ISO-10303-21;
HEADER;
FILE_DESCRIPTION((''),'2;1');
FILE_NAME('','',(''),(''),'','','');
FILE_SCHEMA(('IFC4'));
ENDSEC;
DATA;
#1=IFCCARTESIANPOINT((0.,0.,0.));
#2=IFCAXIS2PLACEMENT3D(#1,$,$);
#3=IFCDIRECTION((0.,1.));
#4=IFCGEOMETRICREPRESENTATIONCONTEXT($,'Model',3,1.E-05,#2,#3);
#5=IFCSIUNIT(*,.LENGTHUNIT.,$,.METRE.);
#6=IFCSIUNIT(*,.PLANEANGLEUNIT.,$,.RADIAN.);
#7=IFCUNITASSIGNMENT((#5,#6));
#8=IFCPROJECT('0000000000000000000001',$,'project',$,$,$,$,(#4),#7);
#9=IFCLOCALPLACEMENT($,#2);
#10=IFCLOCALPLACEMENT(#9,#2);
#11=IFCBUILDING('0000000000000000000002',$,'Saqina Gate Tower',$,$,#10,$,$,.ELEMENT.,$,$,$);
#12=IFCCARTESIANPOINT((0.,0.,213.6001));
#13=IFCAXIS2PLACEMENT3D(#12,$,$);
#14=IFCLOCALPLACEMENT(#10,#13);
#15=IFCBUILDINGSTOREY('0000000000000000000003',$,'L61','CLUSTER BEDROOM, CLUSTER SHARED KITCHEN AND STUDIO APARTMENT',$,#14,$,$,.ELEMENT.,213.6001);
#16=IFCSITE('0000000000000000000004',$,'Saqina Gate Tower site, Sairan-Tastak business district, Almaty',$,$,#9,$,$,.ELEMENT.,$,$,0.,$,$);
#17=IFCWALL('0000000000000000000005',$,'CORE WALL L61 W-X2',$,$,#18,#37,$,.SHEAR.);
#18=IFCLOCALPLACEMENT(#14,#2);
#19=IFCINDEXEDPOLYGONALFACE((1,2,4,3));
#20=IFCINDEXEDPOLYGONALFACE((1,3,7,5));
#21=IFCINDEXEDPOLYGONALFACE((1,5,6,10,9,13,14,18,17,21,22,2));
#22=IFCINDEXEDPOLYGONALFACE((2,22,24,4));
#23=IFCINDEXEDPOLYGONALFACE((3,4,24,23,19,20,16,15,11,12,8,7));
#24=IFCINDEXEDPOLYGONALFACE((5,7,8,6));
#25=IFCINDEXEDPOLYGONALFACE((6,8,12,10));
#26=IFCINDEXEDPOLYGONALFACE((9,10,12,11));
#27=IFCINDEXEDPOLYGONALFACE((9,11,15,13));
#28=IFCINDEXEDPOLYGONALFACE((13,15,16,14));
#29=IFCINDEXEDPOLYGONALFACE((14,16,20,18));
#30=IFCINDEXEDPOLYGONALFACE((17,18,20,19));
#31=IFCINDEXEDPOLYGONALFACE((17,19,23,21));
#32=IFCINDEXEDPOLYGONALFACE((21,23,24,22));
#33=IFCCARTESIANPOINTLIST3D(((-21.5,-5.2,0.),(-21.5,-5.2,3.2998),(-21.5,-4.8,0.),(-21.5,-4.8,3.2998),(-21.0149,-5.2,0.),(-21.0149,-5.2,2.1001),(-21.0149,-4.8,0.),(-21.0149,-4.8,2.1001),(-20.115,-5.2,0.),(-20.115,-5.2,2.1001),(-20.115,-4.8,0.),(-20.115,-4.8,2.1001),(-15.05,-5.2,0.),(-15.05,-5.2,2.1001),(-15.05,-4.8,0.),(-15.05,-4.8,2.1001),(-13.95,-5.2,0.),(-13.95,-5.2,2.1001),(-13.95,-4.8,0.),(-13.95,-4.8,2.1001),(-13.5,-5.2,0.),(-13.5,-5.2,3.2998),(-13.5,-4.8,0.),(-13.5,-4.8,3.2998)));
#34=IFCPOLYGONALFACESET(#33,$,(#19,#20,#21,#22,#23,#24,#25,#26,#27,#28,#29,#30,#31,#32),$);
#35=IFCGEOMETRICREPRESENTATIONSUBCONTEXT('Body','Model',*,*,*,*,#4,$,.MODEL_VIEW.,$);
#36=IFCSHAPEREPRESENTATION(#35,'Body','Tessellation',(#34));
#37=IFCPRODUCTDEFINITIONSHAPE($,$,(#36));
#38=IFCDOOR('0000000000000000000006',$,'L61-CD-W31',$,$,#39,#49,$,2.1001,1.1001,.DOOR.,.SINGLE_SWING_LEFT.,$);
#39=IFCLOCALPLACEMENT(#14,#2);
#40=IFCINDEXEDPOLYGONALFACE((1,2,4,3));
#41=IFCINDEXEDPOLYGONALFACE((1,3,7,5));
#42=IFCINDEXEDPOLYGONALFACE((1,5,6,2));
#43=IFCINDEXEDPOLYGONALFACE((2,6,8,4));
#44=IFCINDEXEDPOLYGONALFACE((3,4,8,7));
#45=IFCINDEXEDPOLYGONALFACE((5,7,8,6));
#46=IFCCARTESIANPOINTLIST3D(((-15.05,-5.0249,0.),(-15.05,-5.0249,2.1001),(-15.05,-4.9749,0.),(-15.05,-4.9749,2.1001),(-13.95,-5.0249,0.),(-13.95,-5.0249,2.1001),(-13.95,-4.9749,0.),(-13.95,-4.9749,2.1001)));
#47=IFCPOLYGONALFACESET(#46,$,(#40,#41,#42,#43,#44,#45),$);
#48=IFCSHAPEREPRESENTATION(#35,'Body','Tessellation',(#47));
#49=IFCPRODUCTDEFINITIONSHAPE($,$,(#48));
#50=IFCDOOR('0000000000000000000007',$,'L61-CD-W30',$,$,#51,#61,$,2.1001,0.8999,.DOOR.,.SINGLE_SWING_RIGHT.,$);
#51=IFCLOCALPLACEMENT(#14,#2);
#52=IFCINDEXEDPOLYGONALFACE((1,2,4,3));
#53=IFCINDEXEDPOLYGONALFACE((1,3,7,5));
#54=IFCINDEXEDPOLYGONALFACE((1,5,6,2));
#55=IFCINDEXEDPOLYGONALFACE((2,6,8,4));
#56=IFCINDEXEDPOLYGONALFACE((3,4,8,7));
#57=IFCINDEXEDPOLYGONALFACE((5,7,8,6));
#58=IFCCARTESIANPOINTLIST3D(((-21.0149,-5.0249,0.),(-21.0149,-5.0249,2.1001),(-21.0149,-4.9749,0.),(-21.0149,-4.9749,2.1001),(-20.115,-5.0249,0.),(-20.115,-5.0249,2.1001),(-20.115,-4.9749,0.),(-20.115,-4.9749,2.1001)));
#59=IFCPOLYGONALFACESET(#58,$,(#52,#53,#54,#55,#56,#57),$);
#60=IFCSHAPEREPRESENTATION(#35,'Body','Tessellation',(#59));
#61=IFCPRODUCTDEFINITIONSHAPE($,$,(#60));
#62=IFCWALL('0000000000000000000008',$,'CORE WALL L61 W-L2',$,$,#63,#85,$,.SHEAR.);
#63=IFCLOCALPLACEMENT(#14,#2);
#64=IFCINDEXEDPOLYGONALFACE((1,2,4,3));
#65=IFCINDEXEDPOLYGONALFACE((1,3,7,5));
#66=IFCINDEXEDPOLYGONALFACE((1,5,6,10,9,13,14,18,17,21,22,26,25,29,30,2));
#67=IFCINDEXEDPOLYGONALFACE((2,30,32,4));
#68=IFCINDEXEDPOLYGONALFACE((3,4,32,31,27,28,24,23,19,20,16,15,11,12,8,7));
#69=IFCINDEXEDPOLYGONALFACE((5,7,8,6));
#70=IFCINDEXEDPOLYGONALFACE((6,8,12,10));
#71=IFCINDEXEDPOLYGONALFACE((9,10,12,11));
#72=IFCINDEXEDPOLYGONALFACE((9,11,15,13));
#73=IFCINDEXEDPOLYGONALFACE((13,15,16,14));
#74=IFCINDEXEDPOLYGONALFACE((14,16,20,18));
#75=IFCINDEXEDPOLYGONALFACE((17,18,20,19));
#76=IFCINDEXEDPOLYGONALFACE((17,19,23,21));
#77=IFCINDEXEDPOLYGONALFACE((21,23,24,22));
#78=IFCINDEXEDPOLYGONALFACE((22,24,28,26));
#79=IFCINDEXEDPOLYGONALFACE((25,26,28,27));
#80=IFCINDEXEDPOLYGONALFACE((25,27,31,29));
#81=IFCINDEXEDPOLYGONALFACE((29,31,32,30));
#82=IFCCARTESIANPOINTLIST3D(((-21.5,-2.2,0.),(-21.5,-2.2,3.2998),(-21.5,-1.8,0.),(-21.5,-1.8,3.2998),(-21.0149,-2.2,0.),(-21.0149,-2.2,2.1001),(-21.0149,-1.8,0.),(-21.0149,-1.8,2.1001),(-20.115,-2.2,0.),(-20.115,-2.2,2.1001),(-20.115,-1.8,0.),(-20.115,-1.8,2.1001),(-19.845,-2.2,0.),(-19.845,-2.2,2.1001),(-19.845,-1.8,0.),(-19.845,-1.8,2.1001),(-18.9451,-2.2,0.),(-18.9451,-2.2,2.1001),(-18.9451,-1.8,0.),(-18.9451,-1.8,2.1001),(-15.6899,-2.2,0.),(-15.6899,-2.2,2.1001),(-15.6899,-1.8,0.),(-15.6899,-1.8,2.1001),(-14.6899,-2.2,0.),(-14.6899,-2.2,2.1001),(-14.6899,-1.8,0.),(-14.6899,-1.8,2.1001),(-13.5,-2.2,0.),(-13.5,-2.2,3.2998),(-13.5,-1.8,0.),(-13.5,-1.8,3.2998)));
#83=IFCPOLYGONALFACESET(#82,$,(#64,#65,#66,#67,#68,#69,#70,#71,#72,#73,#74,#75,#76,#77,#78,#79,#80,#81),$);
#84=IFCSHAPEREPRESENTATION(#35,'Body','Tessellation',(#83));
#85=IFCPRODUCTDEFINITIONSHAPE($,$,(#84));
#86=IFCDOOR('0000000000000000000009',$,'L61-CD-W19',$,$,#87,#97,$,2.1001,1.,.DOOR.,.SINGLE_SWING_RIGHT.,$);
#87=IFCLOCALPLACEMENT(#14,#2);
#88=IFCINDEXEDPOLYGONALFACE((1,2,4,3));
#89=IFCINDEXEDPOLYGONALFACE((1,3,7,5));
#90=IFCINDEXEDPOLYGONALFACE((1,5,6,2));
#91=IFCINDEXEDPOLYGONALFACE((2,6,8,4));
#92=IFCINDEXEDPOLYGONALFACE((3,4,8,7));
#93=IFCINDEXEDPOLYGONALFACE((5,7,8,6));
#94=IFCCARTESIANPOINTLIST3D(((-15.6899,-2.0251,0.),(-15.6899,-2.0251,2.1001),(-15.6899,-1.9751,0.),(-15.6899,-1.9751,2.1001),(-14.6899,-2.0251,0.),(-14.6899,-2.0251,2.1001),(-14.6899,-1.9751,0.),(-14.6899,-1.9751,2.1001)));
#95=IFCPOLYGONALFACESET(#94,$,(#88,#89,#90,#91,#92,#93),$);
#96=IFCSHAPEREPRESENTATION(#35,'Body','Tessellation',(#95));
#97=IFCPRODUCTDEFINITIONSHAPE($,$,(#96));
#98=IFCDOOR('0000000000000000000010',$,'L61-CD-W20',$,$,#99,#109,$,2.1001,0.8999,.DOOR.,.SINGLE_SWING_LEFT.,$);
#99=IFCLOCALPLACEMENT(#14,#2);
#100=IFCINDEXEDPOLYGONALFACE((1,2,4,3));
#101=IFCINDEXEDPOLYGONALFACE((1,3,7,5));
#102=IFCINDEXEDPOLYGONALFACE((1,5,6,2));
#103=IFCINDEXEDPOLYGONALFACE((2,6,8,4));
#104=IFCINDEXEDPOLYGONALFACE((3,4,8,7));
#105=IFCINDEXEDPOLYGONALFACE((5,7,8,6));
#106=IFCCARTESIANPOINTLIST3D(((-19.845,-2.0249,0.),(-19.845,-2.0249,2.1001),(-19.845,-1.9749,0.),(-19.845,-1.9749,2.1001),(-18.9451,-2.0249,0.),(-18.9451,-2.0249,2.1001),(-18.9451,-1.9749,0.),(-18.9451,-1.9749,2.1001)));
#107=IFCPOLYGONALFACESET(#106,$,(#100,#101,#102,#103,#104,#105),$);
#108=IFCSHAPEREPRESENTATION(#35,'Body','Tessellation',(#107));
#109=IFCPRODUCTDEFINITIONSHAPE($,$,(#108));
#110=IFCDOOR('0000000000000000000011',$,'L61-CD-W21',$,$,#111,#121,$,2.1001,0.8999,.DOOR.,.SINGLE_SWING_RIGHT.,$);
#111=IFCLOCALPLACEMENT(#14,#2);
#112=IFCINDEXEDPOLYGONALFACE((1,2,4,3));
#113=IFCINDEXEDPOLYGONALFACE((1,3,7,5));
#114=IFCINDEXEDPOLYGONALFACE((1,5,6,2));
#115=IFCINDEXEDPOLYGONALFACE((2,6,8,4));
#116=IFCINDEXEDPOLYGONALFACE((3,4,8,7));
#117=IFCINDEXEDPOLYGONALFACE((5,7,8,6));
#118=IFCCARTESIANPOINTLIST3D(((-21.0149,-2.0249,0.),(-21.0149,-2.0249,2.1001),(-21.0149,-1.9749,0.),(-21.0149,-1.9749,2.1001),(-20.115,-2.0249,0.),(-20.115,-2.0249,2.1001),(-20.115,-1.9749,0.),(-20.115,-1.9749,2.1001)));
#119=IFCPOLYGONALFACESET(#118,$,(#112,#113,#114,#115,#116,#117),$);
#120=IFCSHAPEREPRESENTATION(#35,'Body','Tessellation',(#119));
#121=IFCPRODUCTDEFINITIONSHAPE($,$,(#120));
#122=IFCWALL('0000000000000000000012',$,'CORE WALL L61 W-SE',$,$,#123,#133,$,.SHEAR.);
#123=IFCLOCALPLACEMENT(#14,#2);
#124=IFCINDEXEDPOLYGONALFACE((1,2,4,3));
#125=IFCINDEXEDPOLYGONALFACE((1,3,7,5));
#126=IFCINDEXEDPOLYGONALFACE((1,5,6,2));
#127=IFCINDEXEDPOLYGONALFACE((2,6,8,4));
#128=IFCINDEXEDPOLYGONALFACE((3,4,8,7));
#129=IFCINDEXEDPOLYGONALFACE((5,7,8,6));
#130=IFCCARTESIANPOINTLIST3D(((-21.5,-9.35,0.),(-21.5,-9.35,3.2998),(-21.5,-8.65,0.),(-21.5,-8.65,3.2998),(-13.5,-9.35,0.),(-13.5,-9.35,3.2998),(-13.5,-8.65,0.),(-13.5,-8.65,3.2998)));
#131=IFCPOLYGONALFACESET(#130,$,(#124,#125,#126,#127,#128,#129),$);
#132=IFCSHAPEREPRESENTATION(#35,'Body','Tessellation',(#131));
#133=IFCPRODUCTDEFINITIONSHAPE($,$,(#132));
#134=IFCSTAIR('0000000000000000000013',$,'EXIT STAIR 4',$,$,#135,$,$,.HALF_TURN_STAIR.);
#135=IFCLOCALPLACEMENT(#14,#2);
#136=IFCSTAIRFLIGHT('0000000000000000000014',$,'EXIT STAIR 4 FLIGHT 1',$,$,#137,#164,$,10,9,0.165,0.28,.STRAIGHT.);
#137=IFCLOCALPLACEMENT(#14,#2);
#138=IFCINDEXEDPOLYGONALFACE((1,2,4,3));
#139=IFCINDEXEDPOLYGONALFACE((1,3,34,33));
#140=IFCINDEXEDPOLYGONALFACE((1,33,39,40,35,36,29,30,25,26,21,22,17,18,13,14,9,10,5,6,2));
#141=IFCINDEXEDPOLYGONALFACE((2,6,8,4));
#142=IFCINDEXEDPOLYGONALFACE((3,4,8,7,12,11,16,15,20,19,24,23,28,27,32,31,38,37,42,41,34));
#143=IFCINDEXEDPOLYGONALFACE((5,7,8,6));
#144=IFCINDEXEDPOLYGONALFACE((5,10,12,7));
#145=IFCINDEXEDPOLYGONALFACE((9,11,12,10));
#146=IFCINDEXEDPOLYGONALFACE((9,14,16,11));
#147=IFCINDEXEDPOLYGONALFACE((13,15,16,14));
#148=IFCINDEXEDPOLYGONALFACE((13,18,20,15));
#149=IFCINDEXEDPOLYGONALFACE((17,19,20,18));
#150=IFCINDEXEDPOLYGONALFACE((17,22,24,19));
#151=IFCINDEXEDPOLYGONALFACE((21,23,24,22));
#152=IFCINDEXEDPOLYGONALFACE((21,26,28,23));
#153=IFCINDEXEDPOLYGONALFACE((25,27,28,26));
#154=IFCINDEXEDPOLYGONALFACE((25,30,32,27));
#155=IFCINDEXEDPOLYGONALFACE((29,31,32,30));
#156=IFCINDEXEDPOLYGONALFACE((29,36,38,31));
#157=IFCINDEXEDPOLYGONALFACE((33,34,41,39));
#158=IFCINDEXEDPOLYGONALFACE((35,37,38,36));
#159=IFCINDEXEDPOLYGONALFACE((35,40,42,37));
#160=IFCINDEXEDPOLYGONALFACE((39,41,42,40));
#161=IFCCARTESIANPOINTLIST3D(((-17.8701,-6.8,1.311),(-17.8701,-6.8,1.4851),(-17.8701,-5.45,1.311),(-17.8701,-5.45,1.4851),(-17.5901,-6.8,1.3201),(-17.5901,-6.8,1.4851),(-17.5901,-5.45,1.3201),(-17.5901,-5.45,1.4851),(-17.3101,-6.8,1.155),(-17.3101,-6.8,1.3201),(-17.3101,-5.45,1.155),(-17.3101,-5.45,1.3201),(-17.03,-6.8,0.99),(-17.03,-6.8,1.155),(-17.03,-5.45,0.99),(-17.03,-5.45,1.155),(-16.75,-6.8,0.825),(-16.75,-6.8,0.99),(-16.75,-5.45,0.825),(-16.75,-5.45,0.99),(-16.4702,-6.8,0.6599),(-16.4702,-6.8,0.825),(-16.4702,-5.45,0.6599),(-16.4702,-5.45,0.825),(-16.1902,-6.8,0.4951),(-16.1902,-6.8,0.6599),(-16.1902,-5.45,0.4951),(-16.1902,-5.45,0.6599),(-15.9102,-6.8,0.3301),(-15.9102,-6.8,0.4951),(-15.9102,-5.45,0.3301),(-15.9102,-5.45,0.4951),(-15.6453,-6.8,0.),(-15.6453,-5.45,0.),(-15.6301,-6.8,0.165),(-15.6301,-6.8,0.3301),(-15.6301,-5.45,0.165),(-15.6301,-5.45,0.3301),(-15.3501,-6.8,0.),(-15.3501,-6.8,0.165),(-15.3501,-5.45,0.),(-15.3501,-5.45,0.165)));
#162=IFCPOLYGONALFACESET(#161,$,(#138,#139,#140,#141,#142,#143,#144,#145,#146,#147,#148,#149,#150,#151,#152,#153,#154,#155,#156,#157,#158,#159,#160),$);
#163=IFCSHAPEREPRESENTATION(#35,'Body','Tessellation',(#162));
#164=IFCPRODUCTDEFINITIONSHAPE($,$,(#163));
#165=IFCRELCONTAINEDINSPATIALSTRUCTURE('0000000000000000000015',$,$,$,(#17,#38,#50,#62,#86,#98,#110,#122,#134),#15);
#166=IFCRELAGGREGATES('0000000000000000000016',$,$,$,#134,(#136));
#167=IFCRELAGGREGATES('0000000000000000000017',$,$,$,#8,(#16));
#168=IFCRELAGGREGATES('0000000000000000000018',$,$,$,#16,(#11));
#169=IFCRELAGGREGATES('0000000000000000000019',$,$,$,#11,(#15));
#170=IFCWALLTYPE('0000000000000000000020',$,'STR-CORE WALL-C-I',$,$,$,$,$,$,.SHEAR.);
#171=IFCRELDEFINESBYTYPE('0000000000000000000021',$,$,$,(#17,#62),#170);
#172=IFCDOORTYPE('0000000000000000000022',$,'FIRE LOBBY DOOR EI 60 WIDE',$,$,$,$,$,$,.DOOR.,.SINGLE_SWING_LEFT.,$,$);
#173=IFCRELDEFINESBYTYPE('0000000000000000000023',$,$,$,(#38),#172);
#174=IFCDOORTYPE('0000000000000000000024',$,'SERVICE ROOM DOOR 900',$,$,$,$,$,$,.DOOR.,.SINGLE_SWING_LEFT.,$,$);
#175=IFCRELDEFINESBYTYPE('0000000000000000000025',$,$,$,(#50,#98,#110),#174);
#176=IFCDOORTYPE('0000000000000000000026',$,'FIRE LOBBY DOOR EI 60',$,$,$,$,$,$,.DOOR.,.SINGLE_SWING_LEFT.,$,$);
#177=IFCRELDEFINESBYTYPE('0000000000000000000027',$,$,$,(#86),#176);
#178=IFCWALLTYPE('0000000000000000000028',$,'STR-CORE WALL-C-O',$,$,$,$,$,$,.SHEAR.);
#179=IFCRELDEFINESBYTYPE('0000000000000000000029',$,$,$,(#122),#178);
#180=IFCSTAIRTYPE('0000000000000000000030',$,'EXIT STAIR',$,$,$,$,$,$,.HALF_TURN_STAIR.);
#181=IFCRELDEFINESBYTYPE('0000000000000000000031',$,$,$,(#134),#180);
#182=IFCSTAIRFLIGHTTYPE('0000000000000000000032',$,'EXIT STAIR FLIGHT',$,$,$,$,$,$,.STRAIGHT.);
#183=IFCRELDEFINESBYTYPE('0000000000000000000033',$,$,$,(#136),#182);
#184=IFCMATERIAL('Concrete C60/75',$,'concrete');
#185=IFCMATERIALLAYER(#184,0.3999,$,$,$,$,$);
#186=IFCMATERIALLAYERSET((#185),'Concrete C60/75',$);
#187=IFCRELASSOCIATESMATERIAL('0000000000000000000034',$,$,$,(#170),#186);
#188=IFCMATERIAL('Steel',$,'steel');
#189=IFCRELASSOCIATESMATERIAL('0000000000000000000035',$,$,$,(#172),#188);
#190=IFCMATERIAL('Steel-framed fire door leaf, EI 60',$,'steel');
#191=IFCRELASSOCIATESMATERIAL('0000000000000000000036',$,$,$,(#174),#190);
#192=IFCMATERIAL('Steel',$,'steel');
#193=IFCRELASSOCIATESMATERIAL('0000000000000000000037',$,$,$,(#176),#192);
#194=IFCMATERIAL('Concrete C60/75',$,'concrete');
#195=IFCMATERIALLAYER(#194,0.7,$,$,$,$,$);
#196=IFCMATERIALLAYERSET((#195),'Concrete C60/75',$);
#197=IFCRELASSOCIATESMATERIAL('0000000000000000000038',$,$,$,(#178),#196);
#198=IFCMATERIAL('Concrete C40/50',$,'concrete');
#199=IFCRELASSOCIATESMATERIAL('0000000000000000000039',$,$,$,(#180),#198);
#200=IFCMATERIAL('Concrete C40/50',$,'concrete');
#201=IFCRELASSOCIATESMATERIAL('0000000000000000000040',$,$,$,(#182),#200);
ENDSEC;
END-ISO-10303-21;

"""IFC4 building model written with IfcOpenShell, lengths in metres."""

from ifc_helpers import new_model, si_unit, direction, frame, frame_2d, origin, place, context, subcontext, project, spatial, polyline, rectangle, outline, extrude, material, layer, layer_set, type_object, element, fill, aggregate, save


model = new_model("IFC4")

# Units and contexts
model_context = context("Model", 3, precision=1e-05, world=origin(), true_north=direction((0.0, 1.0)))
body_context = subcontext(model_context, "Body", "Model", "MODEL_VIEW")
ifc_project = project(units=[si_unit("LENGTHUNIT", "METRE"), si_unit("PLANEANGLEUNIT", "RADIAN")], contexts=[model_context])

# Site, building, storey
site_placement = place(None, origin())
site = spatial("IfcSite", under=ifc_project, at=site_placement, Name="Saqina Gate Tower site, Sairan-Tastak business district, Almaty", CompositionType="ELEMENT", RefElevation=0.0)
building_placement = place(site_placement, origin())
building = spatial("IfcBuilding", under=site, at=building_placement, Name="Saqina Gate Tower", CompositionType="ELEMENT")
storey_placement = place(building_placement, frame((0.0, 0.0, 213.6001)))
storey = spatial("IfcBuildingStorey", under=building, at=storey_placement, Name="L61", Description="CLUSTER BEDROOM, CLUSTER SHARED KITCHEN AND STUDIO APARTMENT", CompositionType="ELEMENT", Elevation=213.6001)

# Walls, openings, doors
ifc_material_1 = material(Name="Concrete C60/75", Category="concrete")
ifc_layer_1 = layer(ifc_material_1, 0.3999)
ifc_layer_set_1 = layer_set([ifc_layer_1], Name="Concrete C60/75")
wall_type_1 = type_object("IfcWallType", Name="STR-CORE WALL-C-I", PredefinedType="SHEAR", material=ifc_layer_set_1)
wall_1_placement = place(storey_placement, frame((-13.5, -5.0, 0.0), z_axis=(0.0, 0.0, 1.0), x_axis=(-1.0, 0.0, 0.0)))
wall_1 = element("IfcWall", 1, at=wall_1_placement, inside=storey, type_object=wall_type_1, Name="CORE WALL L61 W-X2", PredefinedType="SHEAR", context=body_context, shape_type="SweptSolid", body=[
    extrude(rectangle(XDim=8.0, YDim=0.3999, at=frame_2d((4.0, 0.0))), origin(), (0.0, 0.0, 1.0), 3.2998),
])
opening_1_placement = place(wall_1_placement, frame((6.615, 0.0, 0.0)))
opening_1 = element("IfcOpeningElement", 2, at=opening_1_placement, cuts=wall_1, PredefinedType="OPENING", context=body_context, shape_type="SweptSolid", body=[
    extrude(rectangle(XDim=0.8999, YDim=2.1001, at=frame_2d((0.45, 1.05))), frame((0.0, 0.2119, 0.0), z_axis=(0.0, -1.0, 0.0), x_axis=(1.0, 0.0, 0.0)), (0.0, 0.0, 1.0), 0.4238),
])
opening_2_placement = place(wall_1_placement, frame((0.45, 0.0, 0.0)))
opening_2 = element("IfcOpeningElement", 3, at=opening_2_placement, cuts=wall_1, PredefinedType="OPENING", context=body_context, shape_type="SweptSolid", body=[
    extrude(rectangle(XDim=1.1001, YDim=2.1001, at=frame_2d((0.55, 1.05))), frame((0.0, 0.2119, 0.0), z_axis=(0.0, -1.0, 0.0), x_axis=(1.0, 0.0, 0.0)), (0.0, 0.0, 1.0), 0.4238),
])
ifc_material_2 = material(Name="Steel", Category="steel")
door_type_1 = type_object("IfcDoorType", Name="FIRE LOBBY DOOR EI 60 WIDE", OperationType="SINGLE_SWING_LEFT", PredefinedType="DOOR", material=ifc_material_2)
door_1_placement = place(opening_2_placement, origin())
door_1 = element("IfcDoor", 4, at=door_1_placement, inside=storey, type_object=door_type_1, Name="L61-CD-W31", OperationType="SINGLE_SWING_LEFT", OverallHeight=2.1001, OverallWidth=1.1001, PredefinedType="DOOR", context=body_context, shape_type="SweptSolid", body=[
    extrude(rectangle(XDim=1.1001, YDim=2.1001, at=frame_2d((0.55, 1.05))), frame((0.0, 0.0249, 0.0), z_axis=(0.0, -1.0, 0.0), x_axis=(1.0, 0.0, 0.0)), (0.0, 0.0, 1.0), 0.05),
])
fill(opening_2, door_1)
ifc_material_3 = material(Name="Steel-framed fire door leaf, EI 60", Category="steel")
door_type_2 = type_object("IfcDoorType", Name="SERVICE ROOM DOOR 900", OperationType="SINGLE_SWING_LEFT", PredefinedType="DOOR", material=ifc_material_3)
door_2_placement = place(opening_1_placement, origin())
door_2 = element("IfcDoor", 5, at=door_2_placement, inside=storey, type_object=door_type_2, Name="L61-CD-W30", OperationType="SINGLE_SWING_RIGHT", OverallHeight=2.1001, OverallWidth=0.8999, PredefinedType="DOOR", context=body_context, shape_type="SweptSolid", body=[
    extrude(rectangle(XDim=0.8999, YDim=2.1001, at=frame_2d((0.45, 1.05))), frame((0.0, 0.0249, 0.0), z_axis=(0.0, -1.0, 0.0), x_axis=(1.0, 0.0, 0.0)), (0.0, 0.0, 1.0), 0.05),
])
fill(opening_1, door_2)
wall_2_placement = place(storey_placement, frame((-13.5, -2.0, 0.0), z_axis=(0.0, 0.0, 1.0), x_axis=(-1.0, 0.0, 0.0)))
wall_2 = element("IfcWall", 6, at=wall_2_placement, inside=storey, type_object=wall_type_1, Name="CORE WALL L61 W-L2", PredefinedType="SHEAR", context=body_context, shape_type="SweptSolid", body=[
    extrude(rectangle(XDim=8.0, YDim=0.3999, at=frame_2d((4.0, 0.0))), origin(), (0.0, 0.0, 1.0), 3.2998),
])
opening_3_placement = place(wall_2_placement, frame((1.1899, 0.0, 0.0)))
opening_3 = element("IfcOpeningElement", 7, at=opening_3_placement, cuts=wall_2, PredefinedType="OPENING", context=body_context, shape_type="SweptSolid", body=[
    extrude(rectangle(XDim=1.0, YDim=2.1001, at=frame_2d((0.5, 1.05))), frame((0.0, 0.2119, 0.0), z_axis=(0.0, -1.0, 0.0), x_axis=(1.0, 0.0, 0.0)), (0.0, 0.0, 1.0), 0.4238),
])
opening_4_placement = place(wall_2_placement, frame((5.4451, 0.0, 0.0)))
opening_4 = element("IfcOpeningElement", 8, at=opening_4_placement, cuts=wall_2, PredefinedType="OPENING", context=body_context, shape_type="SweptSolid", body=[
    extrude(rectangle(XDim=0.8999, YDim=2.1001, at=frame_2d((0.45, 1.05))), frame((0.0, 0.2119, 0.0), z_axis=(0.0, -1.0, 0.0), x_axis=(1.0, 0.0, 0.0)), (0.0, 0.0, 1.0), 0.4238),
])
opening_5_placement = place(wall_2_placement, frame((6.615, 0.0, 0.0)))
opening_5 = element("IfcOpeningElement", 9, at=opening_5_placement, cuts=wall_2, PredefinedType="OPENING", context=body_context, shape_type="SweptSolid", body=[
    extrude(rectangle(XDim=0.8999, YDim=2.1001, at=frame_2d((0.45, 1.05))), frame((0.0, 0.2119, 0.0), z_axis=(0.0, -1.0, 0.0), x_axis=(1.0, 0.0, 0.0)), (0.0, 0.0, 1.0), 0.4238),
])
ifc_material_4 = material(Name="Steel", Category="steel")
door_type_3 = type_object("IfcDoorType", Name="FIRE LOBBY DOOR EI 60", OperationType="SINGLE_SWING_LEFT", PredefinedType="DOOR", material=ifc_material_4)
door_3_placement = place(opening_3_placement, frame((1.0, 0.0, 0.0), z_axis=(0.0, 0.0, 1.0), x_axis=(-1.0, 0.0, 0.0)))
door_3 = element("IfcDoor", 10, at=door_3_placement, inside=storey, type_object=door_type_3, Name="L61-CD-W19", OperationType="SINGLE_SWING_RIGHT", OverallHeight=2.1001, OverallWidth=1.0, PredefinedType="DOOR", context=body_context, shape_type="SweptSolid", body=[
    extrude(rectangle(XDim=1.0, YDim=2.1001, at=frame_2d((0.5, 1.05))), frame((0.0, 0.0249, 0.0), z_axis=(0.0, -1.0, 0.0), x_axis=(1.0, 0.0, 0.0)), (0.0, 0.0, 1.0), 0.05),
])
fill(opening_3, door_3)
door_4_placement = place(opening_4_placement, origin())
door_4 = element("IfcDoor", 11, at=door_4_placement, inside=storey, type_object=door_type_2, Name="L61-CD-W20", OperationType="SINGLE_SWING_LEFT", OverallHeight=2.1001, OverallWidth=0.8999, PredefinedType="DOOR", context=body_context, shape_type="SweptSolid", body=[
    extrude(rectangle(XDim=0.8999, YDim=2.1001, at=frame_2d((0.45, 1.05))), frame((0.0, 0.0249, 0.0), z_axis=(0.0, -1.0, 0.0), x_axis=(1.0, 0.0, 0.0)), (0.0, 0.0, 1.0), 0.05),
])
fill(opening_4, door_4)
door_5_placement = place(opening_5_placement, origin())
door_5 = element("IfcDoor", 12, at=door_5_placement, inside=storey, type_object=door_type_2, Name="L61-CD-W21", OperationType="SINGLE_SWING_RIGHT", OverallHeight=2.1001, OverallWidth=0.8999, PredefinedType="DOOR", context=body_context, shape_type="SweptSolid", body=[
    extrude(rectangle(XDim=0.8999, YDim=2.1001, at=frame_2d((0.45, 1.05))), frame((0.0, 0.0249, 0.0), z_axis=(0.0, -1.0, 0.0), x_axis=(1.0, 0.0, 0.0)), (0.0, 0.0, 1.0), 0.05),
])
fill(opening_5, door_5)
ifc_material_5 = material(Name="Concrete C60/75", Category="concrete")
ifc_layer_2 = layer(ifc_material_5, 0.7)
ifc_layer_set_2 = layer_set([ifc_layer_2], Name="Concrete C60/75")
wall_type_2 = type_object("IfcWallType", Name="STR-CORE WALL-C-O", PredefinedType="SHEAR", material=ifc_layer_set_2)

# Wall
wall_3_placement = place(storey_placement, frame((-13.5, -9.0, 0.0), z_axis=(0.0, 0.0, 1.0), x_axis=(-1.0, 0.0, 0.0)))
element("IfcWall", 13, at=wall_3_placement, inside=storey, type_object=wall_type_2, Name="CORE WALL L61 W-SE", PredefinedType="SHEAR", context=body_context, shape_type="SweptSolid", body=[
    extrude(rectangle(XDim=8.0, YDim=0.7, at=frame_2d((4.0, 0.0))), origin(), (0.0, 0.0, 1.0), 3.2998),
])

# Stair, stair flight
ifc_material_6 = material(Name="Concrete C40/50", Category="concrete")
stair_type = type_object("IfcStairType", Name="EXIT STAIR", PredefinedType="HALF_TURN_STAIR", material=ifc_material_6)
stair_placement = place(storey_placement, origin())
stair = element("IfcStair", 14, at=stair_placement, inside=storey, type_object=stair_type, Name="EXIT STAIR 4", PredefinedType="HALF_TURN_STAIR")
ifc_material_7 = material(Name="Concrete C40/50", Category="concrete")
stair_flight_type = type_object("IfcStairFlightType", Name="EXIT STAIR FLIGHT", PredefinedType="STRAIGHT", material=ifc_material_7)
stair_flight_1_placement = place(storey_placement, frame((-15.3501, -6.125, 0.0), z_axis=(0.0, 0.0, 1.0), x_axis=(-1.0, 0.0, 0.0)))
stair_flight_1 = element("IfcStairFlight", 15, at=stair_flight_1_placement, type_object=stair_flight_type, Name="EXIT STAIR 4 FLIGHT 1", NumberOfRisers=10, NumberOfTreads=9, PredefinedType="STRAIGHT", RiserHeight=0.165, TreadLength=0.28, context=body_context, shape_type="SweptSolid", body=[
    extrude(outline(polyline([(0.0, 0.0), (0.0, 0.165), (0.28, 0.165), (0.28, 0.3301), (0.5601, 0.3301), (0.5601, 0.4951), (0.8401, 0.4951), (0.8401, 0.6599), (1.1201, 0.6599), (1.1201, 0.825), (1.3999, 0.825), (1.3999, 0.99), (1.6799, 0.99), (1.6799, 1.155), (1.96, 1.155), (1.96, 1.3201), (2.24, 1.3201), (2.24, 1.4851), (2.52, 1.4851), (2.52, 1.6499), (2.52, 1.311), (0.2952, 0.0), (0.0, 0.0)])), frame((0.0, 0.675, 0.0), z_axis=(0.0, -1.0, 0.0), x_axis=(1.0, 0.0, 0.0)), (0.0, 0.0, 1.0), 1.3501),
])
aggregate(stair, [stair_flight_1])

save(model, "model.ifc")
